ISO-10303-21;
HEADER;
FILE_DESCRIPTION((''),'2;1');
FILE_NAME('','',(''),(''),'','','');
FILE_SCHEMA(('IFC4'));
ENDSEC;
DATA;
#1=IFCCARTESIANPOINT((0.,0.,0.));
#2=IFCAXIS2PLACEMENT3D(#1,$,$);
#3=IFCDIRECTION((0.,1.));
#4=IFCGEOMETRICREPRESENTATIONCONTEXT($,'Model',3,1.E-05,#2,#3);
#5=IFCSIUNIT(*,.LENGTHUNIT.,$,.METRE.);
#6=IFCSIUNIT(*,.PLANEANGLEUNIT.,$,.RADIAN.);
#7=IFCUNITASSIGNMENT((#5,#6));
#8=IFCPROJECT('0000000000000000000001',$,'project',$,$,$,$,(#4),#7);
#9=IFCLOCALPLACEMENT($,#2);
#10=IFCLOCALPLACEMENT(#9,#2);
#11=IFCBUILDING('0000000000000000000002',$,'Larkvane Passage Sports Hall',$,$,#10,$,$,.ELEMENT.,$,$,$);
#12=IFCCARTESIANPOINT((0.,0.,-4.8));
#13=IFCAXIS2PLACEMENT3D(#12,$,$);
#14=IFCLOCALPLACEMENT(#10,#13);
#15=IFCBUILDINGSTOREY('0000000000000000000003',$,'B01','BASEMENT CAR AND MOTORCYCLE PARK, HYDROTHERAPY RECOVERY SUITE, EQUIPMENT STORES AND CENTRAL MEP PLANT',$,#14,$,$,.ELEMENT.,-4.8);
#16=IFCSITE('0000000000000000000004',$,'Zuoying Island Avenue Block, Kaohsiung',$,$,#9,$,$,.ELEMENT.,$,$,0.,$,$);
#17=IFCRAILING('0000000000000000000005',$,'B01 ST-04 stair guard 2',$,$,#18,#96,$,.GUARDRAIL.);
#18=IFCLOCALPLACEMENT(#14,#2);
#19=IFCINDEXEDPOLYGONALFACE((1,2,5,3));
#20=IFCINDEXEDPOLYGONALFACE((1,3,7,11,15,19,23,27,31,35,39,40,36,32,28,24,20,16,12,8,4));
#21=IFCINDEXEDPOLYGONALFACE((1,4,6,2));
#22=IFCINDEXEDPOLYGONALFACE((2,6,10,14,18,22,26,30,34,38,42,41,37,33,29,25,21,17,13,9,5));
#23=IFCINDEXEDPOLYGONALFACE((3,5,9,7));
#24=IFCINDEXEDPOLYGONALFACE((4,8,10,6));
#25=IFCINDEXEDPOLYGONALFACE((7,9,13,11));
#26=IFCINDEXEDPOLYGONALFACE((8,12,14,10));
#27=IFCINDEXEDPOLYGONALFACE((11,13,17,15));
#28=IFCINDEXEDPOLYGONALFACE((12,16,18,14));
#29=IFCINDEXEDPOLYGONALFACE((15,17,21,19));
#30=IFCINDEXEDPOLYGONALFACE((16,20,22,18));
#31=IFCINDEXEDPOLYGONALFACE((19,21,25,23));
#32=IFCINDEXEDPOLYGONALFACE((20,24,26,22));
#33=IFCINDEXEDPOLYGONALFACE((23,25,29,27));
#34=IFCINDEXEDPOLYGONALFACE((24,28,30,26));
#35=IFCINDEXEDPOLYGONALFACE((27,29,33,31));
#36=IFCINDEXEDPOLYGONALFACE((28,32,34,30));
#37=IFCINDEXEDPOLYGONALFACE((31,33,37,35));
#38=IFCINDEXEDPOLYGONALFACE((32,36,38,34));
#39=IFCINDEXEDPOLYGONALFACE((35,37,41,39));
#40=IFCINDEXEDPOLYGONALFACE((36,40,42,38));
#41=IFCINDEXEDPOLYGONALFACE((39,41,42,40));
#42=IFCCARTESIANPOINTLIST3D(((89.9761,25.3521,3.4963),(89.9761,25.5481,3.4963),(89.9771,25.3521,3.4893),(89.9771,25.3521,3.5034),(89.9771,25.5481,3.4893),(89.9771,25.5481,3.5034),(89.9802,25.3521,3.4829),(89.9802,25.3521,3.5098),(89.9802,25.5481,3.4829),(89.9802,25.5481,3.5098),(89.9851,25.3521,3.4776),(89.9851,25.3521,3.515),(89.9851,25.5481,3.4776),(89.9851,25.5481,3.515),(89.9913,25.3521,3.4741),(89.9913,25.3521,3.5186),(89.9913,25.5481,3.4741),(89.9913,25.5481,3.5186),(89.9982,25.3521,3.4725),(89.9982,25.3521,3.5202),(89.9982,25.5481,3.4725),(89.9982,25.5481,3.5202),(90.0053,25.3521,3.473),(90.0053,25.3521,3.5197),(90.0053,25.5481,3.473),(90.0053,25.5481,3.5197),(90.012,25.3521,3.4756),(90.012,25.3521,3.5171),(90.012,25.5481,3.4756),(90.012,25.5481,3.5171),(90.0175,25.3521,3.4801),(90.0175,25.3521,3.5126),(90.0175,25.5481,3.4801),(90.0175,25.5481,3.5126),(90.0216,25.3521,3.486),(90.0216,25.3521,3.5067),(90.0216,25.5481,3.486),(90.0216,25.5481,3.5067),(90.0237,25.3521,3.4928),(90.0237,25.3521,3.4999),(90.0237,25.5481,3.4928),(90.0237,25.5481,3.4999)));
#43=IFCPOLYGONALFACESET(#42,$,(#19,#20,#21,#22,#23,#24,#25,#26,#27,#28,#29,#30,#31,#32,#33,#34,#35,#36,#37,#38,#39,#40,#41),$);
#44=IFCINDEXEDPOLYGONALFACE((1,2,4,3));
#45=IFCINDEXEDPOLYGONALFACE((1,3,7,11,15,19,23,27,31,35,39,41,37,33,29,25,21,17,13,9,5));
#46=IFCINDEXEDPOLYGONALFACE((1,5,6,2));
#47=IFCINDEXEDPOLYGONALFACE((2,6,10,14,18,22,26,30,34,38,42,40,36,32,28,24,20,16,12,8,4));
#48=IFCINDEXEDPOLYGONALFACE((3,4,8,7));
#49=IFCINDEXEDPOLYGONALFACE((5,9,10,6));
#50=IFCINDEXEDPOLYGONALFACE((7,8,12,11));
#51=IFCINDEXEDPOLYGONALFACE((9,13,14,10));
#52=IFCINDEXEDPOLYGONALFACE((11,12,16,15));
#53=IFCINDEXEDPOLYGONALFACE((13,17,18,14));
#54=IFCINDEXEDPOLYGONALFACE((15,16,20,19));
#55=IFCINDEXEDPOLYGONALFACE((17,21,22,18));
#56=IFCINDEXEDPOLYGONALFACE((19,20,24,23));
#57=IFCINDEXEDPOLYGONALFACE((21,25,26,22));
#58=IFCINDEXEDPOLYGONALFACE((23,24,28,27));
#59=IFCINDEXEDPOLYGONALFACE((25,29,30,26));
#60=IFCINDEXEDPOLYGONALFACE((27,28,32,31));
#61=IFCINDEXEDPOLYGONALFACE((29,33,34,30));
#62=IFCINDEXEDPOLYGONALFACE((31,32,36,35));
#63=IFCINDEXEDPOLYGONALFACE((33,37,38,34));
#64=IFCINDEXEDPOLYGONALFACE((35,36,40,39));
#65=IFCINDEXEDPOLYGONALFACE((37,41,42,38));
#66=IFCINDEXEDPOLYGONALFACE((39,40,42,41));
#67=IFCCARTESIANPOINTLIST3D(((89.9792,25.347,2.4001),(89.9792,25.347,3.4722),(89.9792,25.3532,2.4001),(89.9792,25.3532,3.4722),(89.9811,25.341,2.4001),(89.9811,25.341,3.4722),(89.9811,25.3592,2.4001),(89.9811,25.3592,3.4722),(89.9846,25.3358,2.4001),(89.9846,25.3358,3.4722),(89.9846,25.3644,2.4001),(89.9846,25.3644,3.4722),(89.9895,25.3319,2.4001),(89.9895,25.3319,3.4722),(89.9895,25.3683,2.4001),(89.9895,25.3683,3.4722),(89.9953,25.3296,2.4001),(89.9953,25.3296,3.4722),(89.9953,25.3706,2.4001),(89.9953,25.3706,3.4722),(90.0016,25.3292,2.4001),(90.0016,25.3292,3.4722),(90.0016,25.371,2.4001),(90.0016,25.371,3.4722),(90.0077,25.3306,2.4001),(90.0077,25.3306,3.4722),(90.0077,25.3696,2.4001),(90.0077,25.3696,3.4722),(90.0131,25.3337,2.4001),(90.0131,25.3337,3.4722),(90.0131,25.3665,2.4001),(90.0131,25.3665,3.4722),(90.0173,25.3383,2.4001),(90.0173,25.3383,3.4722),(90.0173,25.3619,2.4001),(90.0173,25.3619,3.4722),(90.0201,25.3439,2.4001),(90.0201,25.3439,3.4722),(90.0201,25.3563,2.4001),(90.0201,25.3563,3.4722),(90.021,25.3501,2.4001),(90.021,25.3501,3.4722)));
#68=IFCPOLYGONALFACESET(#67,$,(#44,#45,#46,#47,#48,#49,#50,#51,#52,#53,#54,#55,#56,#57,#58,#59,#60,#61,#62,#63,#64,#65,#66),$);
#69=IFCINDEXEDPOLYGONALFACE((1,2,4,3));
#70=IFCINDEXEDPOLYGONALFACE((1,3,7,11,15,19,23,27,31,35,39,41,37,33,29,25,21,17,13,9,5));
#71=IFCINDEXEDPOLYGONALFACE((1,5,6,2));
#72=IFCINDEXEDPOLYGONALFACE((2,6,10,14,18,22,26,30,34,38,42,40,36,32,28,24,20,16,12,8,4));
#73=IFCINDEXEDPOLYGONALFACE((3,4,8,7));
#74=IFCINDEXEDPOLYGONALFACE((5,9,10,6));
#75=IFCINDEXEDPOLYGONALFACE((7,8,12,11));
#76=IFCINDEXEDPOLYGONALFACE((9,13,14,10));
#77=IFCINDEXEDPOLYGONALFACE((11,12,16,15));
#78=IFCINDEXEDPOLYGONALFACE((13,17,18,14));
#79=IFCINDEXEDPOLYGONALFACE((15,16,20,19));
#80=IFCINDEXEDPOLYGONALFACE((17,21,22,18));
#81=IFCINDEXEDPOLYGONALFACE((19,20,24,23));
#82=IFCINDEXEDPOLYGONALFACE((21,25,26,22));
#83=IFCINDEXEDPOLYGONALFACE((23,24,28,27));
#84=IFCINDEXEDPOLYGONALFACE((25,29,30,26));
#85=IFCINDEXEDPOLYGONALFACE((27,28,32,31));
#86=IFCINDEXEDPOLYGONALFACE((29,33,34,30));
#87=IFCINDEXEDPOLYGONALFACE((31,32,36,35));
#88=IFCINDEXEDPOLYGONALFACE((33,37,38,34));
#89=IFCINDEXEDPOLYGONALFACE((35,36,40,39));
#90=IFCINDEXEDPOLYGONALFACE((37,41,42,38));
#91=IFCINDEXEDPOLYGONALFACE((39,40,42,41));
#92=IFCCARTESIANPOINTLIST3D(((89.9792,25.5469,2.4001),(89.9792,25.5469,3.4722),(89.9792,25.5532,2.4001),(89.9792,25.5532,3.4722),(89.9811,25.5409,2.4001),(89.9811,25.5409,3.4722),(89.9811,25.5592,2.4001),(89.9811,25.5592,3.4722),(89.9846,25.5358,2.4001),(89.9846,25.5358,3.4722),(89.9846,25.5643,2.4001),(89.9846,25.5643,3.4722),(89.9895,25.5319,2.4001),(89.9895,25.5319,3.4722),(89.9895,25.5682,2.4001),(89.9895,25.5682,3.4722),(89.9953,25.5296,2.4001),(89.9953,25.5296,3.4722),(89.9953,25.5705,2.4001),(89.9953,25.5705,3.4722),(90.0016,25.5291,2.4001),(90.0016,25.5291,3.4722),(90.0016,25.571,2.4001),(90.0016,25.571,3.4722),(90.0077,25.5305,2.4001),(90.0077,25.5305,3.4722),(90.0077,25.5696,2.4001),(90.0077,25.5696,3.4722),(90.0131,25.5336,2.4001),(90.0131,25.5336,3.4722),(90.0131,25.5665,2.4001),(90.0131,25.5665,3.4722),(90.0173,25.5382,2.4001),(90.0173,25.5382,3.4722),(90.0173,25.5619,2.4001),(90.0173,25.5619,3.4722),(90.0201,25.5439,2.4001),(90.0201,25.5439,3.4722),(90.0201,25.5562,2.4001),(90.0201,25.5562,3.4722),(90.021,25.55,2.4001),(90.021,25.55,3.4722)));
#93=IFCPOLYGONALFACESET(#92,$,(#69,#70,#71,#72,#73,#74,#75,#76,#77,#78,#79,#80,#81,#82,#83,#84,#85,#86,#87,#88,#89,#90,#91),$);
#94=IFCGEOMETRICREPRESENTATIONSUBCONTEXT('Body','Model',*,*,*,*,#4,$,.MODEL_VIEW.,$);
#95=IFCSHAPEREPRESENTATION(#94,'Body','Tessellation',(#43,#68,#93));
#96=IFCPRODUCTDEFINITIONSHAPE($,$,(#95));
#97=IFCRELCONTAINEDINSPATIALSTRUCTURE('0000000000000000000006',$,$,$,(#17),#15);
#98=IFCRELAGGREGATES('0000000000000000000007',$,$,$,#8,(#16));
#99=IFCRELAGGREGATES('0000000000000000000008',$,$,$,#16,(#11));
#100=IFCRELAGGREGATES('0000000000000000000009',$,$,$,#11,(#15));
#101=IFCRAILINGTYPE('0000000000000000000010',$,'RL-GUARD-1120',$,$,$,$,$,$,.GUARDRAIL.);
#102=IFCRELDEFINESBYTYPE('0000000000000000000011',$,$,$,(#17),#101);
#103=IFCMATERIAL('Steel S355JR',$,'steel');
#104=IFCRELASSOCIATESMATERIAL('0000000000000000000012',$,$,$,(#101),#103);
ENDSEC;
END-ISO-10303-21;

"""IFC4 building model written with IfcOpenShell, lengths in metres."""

from ifc_helpers import new_model, si_unit, direction, frame, origin, origin_2d, place, context, subcontext, project, spatial, circle, extrude, material, type_object, element, save


model = new_model("IFC4")

# Units and contexts
model_context = context("Model", 3, precision=1e-05, world=origin(), true_north=direction((0.0, 1.0)))
body_context = subcontext(model_context, "Body", "Model", "MODEL_VIEW")
ifc_project = project(units=[si_unit("LENGTHUNIT", "METRE"), si_unit("PLANEANGLEUNIT", "RADIAN")], contexts=[model_context])

# Site, building, storey
site_placement = place(None, origin())
site = spatial("IfcSite", under=ifc_project, at=site_placement, Name="Zuoying Island Avenue Block, Kaohsiung", CompositionType="ELEMENT", RefElevation=0.0)
building_placement = place(site_placement, origin())
building = spatial("IfcBuilding", under=site, at=building_placement, Name="Larkvane Passage Sports Hall", CompositionType="ELEMENT")
storey_placement = place(building_placement, frame((0.0, 0.0, -4.8)))
storey = spatial("IfcBuildingStorey", under=building, at=storey_placement, Name="B01", Description="BASEMENT CAR AND MOTORCYCLE PARK, HYDROTHERAPY RECOVERY SUITE, EQUIPMENT STORES AND CENTRAL MEP PLANT", CompositionType="ELEMENT", Elevation=-4.8)

# Railing
ifc_material_1 = material(Name="Steel S355JR", Category="steel")
railing_type_1 = type_object("IfcRailingType", Name="RL-GUARD-1120", PredefinedType="GUARDRAIL", material=ifc_material_1)
railing_1_placement = place(storey_placement, frame((90.0, 25.3501, 2.4001)))
element("IfcRailing", 1, at=railing_1_placement, inside=storey, type_object=railing_type_1, Name="B01 ST-04 stair guard 2", PredefinedType="GUARDRAIL", context=body_context, shape_type="SweptSolid", body=[
    extrude(circle(Radius=0.0239, at=origin_2d()), frame((0.0, 0.002, 1.0962), z_axis=(0.0, 1.0, 0.0), x_axis=(-1.0, 0.0, 0.0)), (0.0, 0.0, 1.0), 0.196),
    extrude(circle(Radius=0.021, at=origin_2d()), origin(), (0.0, 0.0, 1.0), 1.072),
    extrude(circle(Radius=0.021, at=origin_2d()), frame((0.0, 0.2, 0.0)), (0.0, 0.0, 1.0), 1.072),
])

save(model, "model.ifc")
